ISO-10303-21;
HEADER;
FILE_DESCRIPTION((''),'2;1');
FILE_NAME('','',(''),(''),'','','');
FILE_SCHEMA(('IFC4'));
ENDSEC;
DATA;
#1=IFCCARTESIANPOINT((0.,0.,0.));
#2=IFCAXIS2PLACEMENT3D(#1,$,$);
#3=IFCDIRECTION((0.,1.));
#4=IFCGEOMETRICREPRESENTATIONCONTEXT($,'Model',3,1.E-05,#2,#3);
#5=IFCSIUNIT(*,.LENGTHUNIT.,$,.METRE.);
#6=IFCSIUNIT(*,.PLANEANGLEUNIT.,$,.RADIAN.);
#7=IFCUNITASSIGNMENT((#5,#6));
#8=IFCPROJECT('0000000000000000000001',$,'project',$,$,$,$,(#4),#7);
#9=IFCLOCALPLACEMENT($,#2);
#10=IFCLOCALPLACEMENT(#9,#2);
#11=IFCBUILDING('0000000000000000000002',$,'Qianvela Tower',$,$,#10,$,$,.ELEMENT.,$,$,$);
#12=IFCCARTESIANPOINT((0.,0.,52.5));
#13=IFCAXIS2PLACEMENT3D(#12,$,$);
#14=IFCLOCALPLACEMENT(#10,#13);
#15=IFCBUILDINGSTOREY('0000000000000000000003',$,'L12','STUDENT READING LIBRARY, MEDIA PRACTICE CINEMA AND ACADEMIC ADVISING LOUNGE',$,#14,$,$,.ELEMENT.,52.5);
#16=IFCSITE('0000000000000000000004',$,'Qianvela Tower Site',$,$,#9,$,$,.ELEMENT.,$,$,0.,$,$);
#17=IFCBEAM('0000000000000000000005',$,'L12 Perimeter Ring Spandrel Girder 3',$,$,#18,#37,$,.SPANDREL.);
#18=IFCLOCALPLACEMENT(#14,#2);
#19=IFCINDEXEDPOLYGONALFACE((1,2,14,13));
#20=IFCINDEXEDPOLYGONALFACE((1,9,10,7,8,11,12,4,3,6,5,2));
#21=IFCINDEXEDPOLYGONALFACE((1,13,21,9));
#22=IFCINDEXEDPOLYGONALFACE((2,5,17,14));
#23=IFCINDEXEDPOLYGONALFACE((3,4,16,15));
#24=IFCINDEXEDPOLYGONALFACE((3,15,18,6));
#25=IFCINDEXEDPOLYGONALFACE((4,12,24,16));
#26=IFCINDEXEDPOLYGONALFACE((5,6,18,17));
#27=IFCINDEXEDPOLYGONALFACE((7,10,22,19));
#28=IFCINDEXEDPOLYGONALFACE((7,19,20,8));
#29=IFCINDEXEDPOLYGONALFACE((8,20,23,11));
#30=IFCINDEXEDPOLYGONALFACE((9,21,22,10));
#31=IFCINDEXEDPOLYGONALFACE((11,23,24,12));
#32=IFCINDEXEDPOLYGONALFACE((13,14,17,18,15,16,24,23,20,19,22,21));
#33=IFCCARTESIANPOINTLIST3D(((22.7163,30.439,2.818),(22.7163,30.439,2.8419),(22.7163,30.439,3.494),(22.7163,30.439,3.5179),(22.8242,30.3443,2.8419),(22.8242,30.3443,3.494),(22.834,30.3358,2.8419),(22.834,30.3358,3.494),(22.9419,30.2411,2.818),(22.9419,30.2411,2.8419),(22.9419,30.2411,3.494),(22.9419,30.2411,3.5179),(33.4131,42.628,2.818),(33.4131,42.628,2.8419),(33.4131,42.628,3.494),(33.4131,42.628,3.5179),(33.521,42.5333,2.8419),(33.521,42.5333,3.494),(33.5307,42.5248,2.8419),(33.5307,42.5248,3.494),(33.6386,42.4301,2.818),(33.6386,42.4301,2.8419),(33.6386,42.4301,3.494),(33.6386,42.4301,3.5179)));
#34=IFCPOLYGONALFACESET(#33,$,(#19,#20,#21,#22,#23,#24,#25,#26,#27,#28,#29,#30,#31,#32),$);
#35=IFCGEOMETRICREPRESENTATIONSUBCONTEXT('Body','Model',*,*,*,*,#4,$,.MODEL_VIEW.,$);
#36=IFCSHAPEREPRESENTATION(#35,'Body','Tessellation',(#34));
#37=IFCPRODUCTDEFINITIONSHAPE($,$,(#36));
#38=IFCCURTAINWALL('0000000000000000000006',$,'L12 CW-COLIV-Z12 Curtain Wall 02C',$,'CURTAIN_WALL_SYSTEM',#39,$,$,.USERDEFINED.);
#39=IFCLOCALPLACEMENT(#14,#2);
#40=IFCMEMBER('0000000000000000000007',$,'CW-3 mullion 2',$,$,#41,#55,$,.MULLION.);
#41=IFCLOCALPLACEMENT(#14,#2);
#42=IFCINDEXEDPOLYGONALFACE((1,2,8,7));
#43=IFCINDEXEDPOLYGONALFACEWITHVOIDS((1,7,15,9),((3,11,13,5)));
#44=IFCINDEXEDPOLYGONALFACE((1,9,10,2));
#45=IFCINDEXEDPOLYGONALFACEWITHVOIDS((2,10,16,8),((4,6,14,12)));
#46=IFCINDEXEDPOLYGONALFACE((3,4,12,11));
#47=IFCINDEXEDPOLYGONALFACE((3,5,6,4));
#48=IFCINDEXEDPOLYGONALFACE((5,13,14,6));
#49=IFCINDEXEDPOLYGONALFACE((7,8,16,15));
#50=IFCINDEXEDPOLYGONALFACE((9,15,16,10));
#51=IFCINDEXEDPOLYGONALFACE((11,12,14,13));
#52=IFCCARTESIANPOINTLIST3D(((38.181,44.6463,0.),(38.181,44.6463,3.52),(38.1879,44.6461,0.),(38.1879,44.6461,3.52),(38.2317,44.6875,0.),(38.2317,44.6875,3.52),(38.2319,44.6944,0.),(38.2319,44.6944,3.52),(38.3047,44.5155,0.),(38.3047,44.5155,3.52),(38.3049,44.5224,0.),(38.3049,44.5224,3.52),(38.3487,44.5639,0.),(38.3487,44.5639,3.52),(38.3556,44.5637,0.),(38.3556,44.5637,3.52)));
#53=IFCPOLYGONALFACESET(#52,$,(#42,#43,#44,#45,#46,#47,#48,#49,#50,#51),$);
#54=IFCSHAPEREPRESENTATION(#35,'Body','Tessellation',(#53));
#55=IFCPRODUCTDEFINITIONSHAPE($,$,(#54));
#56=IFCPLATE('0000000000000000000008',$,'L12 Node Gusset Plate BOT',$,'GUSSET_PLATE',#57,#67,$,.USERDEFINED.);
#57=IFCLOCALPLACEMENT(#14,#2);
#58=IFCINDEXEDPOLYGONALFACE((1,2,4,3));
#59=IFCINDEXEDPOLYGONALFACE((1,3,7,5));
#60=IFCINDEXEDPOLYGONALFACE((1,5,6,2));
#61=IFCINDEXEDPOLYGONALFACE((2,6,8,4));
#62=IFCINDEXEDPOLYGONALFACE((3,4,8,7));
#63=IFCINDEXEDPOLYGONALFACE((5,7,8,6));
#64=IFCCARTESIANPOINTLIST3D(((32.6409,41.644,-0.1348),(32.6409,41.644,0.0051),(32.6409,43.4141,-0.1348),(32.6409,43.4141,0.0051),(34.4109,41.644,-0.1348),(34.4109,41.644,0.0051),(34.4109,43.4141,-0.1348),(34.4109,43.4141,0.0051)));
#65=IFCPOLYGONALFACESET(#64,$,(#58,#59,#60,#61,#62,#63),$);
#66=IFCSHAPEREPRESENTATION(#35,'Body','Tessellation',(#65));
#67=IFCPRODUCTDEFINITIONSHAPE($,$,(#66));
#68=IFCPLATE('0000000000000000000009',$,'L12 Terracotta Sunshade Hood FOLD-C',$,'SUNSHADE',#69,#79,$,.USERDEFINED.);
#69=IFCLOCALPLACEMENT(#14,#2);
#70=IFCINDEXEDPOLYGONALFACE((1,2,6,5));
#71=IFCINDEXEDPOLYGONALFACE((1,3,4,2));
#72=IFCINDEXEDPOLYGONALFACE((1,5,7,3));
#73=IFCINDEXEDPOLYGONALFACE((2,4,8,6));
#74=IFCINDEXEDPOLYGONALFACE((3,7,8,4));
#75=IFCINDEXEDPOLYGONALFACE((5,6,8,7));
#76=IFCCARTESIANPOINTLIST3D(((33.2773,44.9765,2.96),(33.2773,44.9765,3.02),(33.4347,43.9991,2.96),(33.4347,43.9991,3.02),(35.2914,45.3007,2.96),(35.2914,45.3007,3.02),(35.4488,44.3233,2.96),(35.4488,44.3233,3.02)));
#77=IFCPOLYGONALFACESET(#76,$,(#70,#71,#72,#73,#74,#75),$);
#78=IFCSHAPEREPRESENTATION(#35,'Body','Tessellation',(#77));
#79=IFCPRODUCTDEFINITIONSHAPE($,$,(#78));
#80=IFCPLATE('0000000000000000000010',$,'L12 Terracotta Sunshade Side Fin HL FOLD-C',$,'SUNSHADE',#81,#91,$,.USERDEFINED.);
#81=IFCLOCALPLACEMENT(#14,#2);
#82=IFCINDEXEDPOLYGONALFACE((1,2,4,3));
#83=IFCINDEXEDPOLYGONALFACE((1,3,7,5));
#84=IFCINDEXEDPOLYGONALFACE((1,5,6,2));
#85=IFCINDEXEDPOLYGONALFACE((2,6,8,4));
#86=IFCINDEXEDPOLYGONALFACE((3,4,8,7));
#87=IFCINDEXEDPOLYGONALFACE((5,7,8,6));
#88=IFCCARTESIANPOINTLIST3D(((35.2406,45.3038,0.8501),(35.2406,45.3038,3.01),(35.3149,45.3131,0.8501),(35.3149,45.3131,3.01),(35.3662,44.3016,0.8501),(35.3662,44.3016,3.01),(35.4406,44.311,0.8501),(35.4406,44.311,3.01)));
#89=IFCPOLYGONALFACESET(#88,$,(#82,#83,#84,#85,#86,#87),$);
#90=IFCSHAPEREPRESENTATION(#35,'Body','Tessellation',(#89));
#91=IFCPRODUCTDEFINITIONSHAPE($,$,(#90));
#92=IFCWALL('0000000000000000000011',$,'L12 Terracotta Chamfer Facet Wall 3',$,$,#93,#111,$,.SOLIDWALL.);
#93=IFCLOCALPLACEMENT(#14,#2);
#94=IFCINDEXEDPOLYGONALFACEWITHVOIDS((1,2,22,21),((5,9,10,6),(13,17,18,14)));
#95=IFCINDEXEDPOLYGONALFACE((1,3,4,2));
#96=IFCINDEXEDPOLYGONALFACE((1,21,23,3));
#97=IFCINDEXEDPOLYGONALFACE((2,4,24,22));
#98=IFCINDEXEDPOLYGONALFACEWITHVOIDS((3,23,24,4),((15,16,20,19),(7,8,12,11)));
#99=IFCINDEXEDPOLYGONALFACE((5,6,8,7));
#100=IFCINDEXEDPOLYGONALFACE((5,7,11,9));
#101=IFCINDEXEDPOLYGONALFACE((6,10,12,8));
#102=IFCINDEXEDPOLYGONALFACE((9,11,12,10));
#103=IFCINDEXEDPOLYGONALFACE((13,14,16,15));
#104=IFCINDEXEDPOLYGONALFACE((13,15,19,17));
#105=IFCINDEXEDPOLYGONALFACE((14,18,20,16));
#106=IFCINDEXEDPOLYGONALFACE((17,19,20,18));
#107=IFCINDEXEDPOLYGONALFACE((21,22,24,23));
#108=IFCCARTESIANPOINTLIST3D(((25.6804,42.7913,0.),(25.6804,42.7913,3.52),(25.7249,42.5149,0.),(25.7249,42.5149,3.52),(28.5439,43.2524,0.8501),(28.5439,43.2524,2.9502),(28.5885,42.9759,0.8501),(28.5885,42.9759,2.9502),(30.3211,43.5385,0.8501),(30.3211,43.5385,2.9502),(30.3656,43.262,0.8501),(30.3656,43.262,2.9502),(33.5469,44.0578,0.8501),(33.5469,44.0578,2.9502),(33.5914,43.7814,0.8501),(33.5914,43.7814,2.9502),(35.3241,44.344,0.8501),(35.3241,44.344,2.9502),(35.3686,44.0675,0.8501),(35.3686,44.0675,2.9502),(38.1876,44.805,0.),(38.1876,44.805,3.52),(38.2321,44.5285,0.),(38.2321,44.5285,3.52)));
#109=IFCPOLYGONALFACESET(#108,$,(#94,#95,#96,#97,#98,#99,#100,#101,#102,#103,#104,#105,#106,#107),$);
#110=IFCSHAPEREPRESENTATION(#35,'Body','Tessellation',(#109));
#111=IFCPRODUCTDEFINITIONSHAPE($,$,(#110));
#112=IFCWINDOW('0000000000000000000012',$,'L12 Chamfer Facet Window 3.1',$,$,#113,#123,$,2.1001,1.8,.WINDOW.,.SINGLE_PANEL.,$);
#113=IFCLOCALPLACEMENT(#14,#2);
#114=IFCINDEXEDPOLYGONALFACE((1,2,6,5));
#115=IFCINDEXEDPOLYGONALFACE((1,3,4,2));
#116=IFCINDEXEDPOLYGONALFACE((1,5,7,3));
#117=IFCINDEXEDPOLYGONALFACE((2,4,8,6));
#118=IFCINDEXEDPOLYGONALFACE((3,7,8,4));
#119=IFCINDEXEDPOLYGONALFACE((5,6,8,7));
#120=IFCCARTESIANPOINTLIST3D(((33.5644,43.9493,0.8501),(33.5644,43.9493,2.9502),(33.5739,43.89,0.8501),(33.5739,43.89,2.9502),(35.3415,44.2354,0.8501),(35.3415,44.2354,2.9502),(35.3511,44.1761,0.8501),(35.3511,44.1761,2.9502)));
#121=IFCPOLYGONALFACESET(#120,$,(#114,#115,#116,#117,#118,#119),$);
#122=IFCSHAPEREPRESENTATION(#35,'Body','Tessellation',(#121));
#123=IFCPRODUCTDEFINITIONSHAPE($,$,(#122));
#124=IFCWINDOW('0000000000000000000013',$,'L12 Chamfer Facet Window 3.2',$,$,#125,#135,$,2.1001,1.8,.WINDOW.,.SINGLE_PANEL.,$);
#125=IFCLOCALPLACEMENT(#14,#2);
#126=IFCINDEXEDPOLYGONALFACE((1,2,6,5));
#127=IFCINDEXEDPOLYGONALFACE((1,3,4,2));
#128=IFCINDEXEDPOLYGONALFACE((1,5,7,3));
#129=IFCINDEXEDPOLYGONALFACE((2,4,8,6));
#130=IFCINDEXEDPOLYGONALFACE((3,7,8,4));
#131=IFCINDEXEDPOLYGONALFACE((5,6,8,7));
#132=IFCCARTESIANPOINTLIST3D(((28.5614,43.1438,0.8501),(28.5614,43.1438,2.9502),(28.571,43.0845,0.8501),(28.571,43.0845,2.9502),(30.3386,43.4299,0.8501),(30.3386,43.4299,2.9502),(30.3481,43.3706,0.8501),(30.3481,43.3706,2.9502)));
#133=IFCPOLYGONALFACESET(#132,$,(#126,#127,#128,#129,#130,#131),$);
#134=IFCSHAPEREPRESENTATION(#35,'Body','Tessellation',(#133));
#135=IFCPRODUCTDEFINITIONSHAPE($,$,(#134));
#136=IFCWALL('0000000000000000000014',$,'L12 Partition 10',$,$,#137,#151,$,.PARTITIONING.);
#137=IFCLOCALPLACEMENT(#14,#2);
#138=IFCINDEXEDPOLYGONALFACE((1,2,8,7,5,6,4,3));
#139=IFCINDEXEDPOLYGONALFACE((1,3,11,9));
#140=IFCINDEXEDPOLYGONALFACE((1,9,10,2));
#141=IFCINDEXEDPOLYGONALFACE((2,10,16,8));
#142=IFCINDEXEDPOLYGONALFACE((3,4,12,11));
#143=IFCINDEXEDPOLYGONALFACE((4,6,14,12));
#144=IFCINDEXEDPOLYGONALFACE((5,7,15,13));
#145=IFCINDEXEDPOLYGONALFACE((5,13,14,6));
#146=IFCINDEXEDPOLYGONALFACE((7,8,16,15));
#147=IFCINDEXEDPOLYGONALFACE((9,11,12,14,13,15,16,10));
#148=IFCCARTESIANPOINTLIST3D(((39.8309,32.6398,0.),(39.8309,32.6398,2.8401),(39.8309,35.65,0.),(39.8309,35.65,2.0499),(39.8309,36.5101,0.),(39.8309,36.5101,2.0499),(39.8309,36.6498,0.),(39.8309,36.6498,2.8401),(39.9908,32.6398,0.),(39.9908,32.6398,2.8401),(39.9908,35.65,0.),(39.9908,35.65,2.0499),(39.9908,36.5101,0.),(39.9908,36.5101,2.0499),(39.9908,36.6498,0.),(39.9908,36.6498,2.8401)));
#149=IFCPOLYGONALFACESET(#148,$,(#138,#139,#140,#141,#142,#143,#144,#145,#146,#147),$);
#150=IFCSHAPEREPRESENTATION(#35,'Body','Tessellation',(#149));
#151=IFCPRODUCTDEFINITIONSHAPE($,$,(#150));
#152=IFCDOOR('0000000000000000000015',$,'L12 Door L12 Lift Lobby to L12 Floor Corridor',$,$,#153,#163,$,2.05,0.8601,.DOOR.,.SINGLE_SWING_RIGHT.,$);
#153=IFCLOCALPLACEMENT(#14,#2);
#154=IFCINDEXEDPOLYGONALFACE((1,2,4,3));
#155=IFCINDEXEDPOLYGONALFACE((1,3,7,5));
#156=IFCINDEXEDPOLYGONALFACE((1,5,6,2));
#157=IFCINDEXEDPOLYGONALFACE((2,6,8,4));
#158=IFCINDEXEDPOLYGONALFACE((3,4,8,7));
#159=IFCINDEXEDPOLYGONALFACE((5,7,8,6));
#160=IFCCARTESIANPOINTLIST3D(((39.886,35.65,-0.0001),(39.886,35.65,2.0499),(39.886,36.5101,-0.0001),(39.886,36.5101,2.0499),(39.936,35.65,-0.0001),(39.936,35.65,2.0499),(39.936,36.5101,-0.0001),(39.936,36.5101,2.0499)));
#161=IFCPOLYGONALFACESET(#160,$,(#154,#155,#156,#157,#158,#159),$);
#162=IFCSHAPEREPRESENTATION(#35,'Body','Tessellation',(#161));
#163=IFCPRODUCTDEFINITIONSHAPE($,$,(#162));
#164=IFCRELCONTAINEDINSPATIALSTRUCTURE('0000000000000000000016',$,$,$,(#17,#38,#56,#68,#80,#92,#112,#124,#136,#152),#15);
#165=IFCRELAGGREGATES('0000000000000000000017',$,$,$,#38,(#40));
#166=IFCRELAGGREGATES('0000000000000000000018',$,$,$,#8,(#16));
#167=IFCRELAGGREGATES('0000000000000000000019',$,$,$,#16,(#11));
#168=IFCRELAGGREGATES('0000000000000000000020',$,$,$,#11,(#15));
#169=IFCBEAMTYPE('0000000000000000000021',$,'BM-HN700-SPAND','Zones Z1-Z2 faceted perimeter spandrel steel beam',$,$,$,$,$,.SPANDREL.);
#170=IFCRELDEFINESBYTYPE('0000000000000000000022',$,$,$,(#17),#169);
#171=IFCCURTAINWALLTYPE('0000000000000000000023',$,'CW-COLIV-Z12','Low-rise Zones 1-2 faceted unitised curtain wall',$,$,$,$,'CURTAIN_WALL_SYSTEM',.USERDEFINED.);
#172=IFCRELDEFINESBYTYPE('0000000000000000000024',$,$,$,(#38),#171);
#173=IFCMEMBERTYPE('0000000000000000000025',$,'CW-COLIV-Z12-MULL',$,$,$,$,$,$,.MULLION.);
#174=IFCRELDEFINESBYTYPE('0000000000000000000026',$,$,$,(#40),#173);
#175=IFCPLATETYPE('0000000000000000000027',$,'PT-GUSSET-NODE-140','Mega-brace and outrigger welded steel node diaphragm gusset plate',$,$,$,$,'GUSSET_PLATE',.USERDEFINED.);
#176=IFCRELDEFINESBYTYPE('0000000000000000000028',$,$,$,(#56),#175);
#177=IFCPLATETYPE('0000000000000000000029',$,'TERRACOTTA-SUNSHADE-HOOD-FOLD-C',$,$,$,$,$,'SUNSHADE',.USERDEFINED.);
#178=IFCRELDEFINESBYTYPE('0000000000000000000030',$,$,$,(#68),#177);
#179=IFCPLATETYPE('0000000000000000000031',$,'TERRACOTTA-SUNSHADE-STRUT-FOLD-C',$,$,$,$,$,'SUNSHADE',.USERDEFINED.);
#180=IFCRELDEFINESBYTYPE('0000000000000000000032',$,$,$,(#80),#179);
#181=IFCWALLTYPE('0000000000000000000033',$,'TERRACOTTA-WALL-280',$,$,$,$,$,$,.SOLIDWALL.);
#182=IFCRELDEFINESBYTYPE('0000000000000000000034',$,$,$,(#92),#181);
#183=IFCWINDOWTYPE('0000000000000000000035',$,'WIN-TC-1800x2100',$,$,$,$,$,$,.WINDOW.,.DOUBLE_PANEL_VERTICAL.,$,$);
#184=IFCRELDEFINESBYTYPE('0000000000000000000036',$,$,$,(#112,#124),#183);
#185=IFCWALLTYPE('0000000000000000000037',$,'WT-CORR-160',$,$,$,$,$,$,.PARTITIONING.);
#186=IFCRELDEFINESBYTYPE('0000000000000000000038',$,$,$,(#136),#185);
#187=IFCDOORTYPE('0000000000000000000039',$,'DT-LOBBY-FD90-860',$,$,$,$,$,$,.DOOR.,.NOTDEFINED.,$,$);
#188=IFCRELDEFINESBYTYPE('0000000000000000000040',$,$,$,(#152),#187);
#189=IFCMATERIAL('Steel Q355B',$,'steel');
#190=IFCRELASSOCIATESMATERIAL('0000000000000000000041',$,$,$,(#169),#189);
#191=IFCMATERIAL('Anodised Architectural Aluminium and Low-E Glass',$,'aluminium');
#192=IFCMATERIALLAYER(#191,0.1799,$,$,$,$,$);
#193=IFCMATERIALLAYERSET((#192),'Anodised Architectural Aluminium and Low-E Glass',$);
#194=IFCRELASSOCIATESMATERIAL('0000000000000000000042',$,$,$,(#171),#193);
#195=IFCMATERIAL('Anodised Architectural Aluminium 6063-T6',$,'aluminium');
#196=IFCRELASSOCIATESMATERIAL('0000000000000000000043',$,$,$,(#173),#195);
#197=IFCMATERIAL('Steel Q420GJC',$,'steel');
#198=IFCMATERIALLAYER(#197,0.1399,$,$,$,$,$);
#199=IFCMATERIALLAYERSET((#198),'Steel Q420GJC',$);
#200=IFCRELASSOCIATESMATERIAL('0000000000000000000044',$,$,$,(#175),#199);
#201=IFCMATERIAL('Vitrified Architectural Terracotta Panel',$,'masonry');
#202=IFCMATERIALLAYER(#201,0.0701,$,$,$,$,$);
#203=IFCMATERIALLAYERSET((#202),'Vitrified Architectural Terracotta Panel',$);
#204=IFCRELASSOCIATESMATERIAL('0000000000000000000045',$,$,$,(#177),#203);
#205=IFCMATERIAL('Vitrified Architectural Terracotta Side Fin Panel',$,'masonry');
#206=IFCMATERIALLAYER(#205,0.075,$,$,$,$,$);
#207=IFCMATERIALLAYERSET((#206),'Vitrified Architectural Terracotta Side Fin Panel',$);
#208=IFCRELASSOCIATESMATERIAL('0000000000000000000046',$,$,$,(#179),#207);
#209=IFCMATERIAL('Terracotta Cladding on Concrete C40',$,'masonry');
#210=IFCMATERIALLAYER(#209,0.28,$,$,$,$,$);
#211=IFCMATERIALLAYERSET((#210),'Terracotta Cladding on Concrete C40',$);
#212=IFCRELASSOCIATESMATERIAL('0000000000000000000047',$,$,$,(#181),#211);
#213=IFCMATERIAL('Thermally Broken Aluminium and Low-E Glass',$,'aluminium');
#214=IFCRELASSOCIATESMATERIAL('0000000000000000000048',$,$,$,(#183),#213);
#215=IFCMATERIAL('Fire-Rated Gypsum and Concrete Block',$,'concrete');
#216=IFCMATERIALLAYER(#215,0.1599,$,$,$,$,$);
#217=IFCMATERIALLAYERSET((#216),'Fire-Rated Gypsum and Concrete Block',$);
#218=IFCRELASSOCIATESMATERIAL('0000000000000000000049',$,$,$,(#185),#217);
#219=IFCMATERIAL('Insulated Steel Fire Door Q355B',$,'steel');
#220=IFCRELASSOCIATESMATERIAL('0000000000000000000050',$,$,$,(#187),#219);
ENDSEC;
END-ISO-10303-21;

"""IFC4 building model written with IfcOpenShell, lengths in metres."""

from ifc_helpers import new_model, si_unit, direction, frame, frame_2d, origin, origin_2d, place, context, subcontext, project, spatial, rectangle, hollow_rectangle, i_section, extrude, material, layer, layer_set, material_profile, profile_set, type_object, element, fill, aggregate, save


model = new_model("IFC4")

# Units and contexts
model_context = context("Model", 3, precision=1e-05, world=origin(), true_north=direction((0.0, 1.0)))
body_context = subcontext(model_context, "Body", "Model", "MODEL_VIEW")
ifc_project = project(units=[si_unit("LENGTHUNIT", "METRE"), si_unit("PLANEANGLEUNIT", "RADIAN")], contexts=[model_context])

# Site, building, storey
site_placement = place(None, origin())
site = spatial("IfcSite", under=ifc_project, at=site_placement, Name="Qianvela Tower Site", CompositionType="ELEMENT", RefElevation=0.0)
building_placement = place(site_placement, origin())
building = spatial("IfcBuilding", under=site, at=building_placement, Name="Qianvela Tower", CompositionType="ELEMENT")
storey_placement = place(building_placement, frame((0.0, 0.0, 52.5)))
storey = spatial("IfcBuildingStorey", under=building, at=storey_placement, Name="L12", Description="STUDENT READING LIBRARY, MEDIA PRACTICE CINEMA AND ACADEMIC ADVISING LOUNGE", CompositionType="ELEMENT", Elevation=52.5)

# Beam
ifc_material_1 = material(Name="Steel Q355B", Category="steel")
ifc_material_profile_1 = material_profile(ifc_material_1, i_section(OverallWidth=0.3, OverallDepth=0.7, WebThickness=0.0129, FlangeThickness=0.0239, at=origin_2d()), Name="HN700x300x13x24")
ifc_profile_set_1 = profile_set([ifc_material_profile_1], Name="Steel Q355B")
beam_type_1 = type_object("IfcBeamType", Name="BM-HN700-SPAND", Description="Zones Z1-Z2 faceted perimeter spandrel steel beam", PredefinedType="SPANDREL", material=ifc_profile_set_1)
beam_1_placement = place(storey_placement, frame((33.5259, 42.5291, 3.168), z_axis=(-0.659602, -0.751615, 0.0), x_axis=(0.751615, -0.659602, 0.0)))
element("IfcBeam", 1, at=beam_1_placement, inside=storey, type_object=beam_type_1, Name="L12 Perimeter Ring Spandrel Girder 3", PredefinedType="SPANDREL", context=body_context, shape_type="SweptSolid", body=[
    extrude(i_section(OverallWidth=0.3, OverallDepth=0.7, WebThickness=0.0129, FlangeThickness=0.0239, at=origin_2d()), origin(), (0.0, 0.0, 1.0), 16.217),
])

# Curtain wall, member
ifc_material_2 = material(Name="Anodised Architectural Aluminium and Low-E Glass", Category="aluminium")
ifc_layer_1 = layer(ifc_material_2, 0.1799)
ifc_layer_set_1 = layer_set([ifc_layer_1], Name="Anodised Architectural Aluminium and Low-E Glass")
curtain_wall_type = type_object("IfcCurtainWallType", Name="CW-COLIV-Z12", Description="Low-rise Zones 1-2 faceted unitised curtain wall", ElementType="CURTAIN_WALL_SYSTEM", PredefinedType="USERDEFINED", material=ifc_layer_set_1)
curtain_wall_placement = place(storey_placement, origin())
curtain_wall = element("IfcCurtainWall", 2, at=curtain_wall_placement, inside=storey, type_object=curtain_wall_type, Name="L12 CW-COLIV-Z12 Curtain Wall 02C", ObjectType="CURTAIN_WALL_SYSTEM", PredefinedType="USERDEFINED")
ifc_material_3 = material(Name="Anodised Architectural Aluminium 6063-T6", Category="aluminium")
ifc_material_profile_2 = material_profile(ifc_material_3, hollow_rectangle(XDim=0.0701, YDim=0.1799, WallThickness=0.0049, at=origin_2d()), Name="ALU-MULL-70x180")
ifc_profile_set_2 = profile_set([ifc_material_profile_2], Name="Anodised Architectural Aluminium 6063-T6")
member_type = type_object("IfcMemberType", Name="CW-COLIV-Z12-MULL", PredefinedType="MULLION", material=ifc_profile_set_2)
member_placement = place(storey_placement, frame((38.2683, 44.605, 0.0), z_axis=(0.0, 0.0, 1.0), x_axis=(-0.726494, -0.687173, 0.0)))
member = element("IfcMember", 3, at=member_placement, type_object=member_type, Name="CW-3 mullion 2", PredefinedType="MULLION", context=body_context, shape_type="SweptSolid", body=[
    extrude(hollow_rectangle(XDim=0.0701, YDim=0.1799, WallThickness=0.0049, at=origin_2d()), origin(), (0.0, 0.0, 1.0), 3.52),
])
aggregate(curtain_wall, [member])

# Plates
ifc_material_4 = material(Name="Steel Q420GJC", Category="steel")
ifc_layer_2 = layer(ifc_material_4, 0.1399)
ifc_layer_set_2 = layer_set([ifc_layer_2], Name="Steel Q420GJC")
plate_type_1 = type_object("IfcPlateType", Name="PT-GUSSET-NODE-140", Description="Mega-brace and outrigger welded steel node diaphragm gusset plate", ElementType="GUSSET_PLATE", PredefinedType="USERDEFINED", material=ifc_layer_set_2)
plate_1_placement = place(storey_placement, frame((33.5259, 42.5291, -0.1348), z_axis=(0.0, 0.0, 1.0), x_axis=(1.0, 0.0, 0.0)))
element("IfcPlate", 4, at=plate_1_placement, inside=storey, type_object=plate_type_1, Name="L12 Node Gusset Plate BOT", ObjectType="GUSSET_PLATE", PredefinedType="USERDEFINED", context=body_context, shape_type="SweptSolid", body=[
    extrude(rectangle(XDim=1.77, YDim=1.77, at=origin_2d()), origin(), (0.0, 0.0, 1.0), 0.1399),
])
ifc_material_5 = material(Name="Vitrified Architectural Terracotta Panel", Category="masonry")
ifc_layer_3 = layer(ifc_material_5, 0.0701)
ifc_layer_set_3 = layer_set([ifc_layer_3], Name="Vitrified Architectural Terracotta Panel")
plate_type_2 = type_object("IfcPlateType", Name="TERRACOTTA-SUNSHADE-HOOD-FOLD-C", ElementType="SUNSHADE", PredefinedType="USERDEFINED", material=ifc_layer_set_3)
plate_2_placement = place(storey_placement, frame((34.363, 44.6499, 2.96), z_axis=(0.0, 0.0, 1.0), x_axis=(-0.987285, -0.158958, 0.0)))
element("IfcPlate", 5, at=plate_2_placement, inside=storey, type_object=plate_type_2, Name="L12 Terracotta Sunshade Hood FOLD-C", ObjectType="SUNSHADE", PredefinedType="USERDEFINED", context=body_context, shape_type="SweptSolid", body=[
    extrude(rectangle(XDim=2.04, YDim=0.99, at=origin_2d()), origin(), (0.0, 0.0, 1.0), 0.0601),
])
ifc_material_6 = material(Name="Vitrified Architectural Terracotta Side Fin Panel", Category="masonry")
ifc_layer_4 = layer(ifc_material_6, 0.075)
ifc_layer_set_4 = layer_set([ifc_layer_4], Name="Vitrified Architectural Terracotta Side Fin Panel")
plate_type_3 = type_object("IfcPlateType", Name="TERRACOTTA-SUNSHADE-STRUT-FOLD-C", ElementType="SUNSHADE", PredefinedType="USERDEFINED", material=ifc_layer_set_4)
plate_3_placement = place(storey_placement, frame((35.3406, 44.8074, 0.8501), z_axis=(0.0, 0.0, 1.0), x_axis=(-0.992232, -0.124405, 0.0)))
element("IfcPlate", 6, at=plate_3_placement, inside=storey, type_object=plate_type_3, Name="L12 Terracotta Sunshade Side Fin HL FOLD-C", ObjectType="SUNSHADE", PredefinedType="USERDEFINED", context=body_context, shape_type="SweptSolid", body=[
    extrude(rectangle(XDim=0.075, YDim=1.01, at=origin_2d()), origin(), (0.0, 0.0, 1.0), 2.1599),
])

# Wall, openings, windows
ifc_material_7 = material(Name="Terracotta Cladding on Concrete C40", Category="masonry")
ifc_layer_5 = layer(ifc_material_7, 0.28)
ifc_layer_set_5 = layer_set([ifc_layer_5], Name="Terracotta Cladding on Concrete C40")
wall_type_1 = type_object("IfcWallType", Name="TERRACOTTA-WALL-280", PredefinedType="SOLIDWALL", material=ifc_layer_set_5)
wall_1_placement = place(storey_placement, frame((38.2097, 44.6667, 0.0), z_axis=(0.0, 0.0, 1.0), x_axis=(-0.987286, -0.158956, 0.0)))
wall_1 = element("IfcWall", 7, at=wall_1_placement, inside=storey, type_object=wall_type_1, Name="L12 Terracotta Chamfer Facet Wall 3", PredefinedType="SOLIDWALL", context=body_context, shape_type="SweptSolid", body=[
    extrude(rectangle(XDim=12.6682, YDim=0.28, at=frame_2d((6.334, 0.0))), origin(), (0.0, 0.0, 1.0), 3.52),
])
opening_1_placement = place(wall_1_placement, frame((2.9004, 0.0, 0.8501)))
opening_1 = element("IfcOpeningElement", 8, at=opening_1_placement, cuts=wall_1, PredefinedType="OPENING", context=body_context, shape_type="SweptSolid", body=[
    extrude(rectangle(XDim=1.8, YDim=2.1001, at=frame_2d((0.8999, 1.05))), frame((0.0, 0.1499, 0.0), z_axis=(0.0, -1.0, 0.0), x_axis=(1.0, 0.0, 0.0)), (0.0, 0.0, 1.0), 0.3),
])
opening_2_placement = place(wall_1_placement, frame((7.9678, 0.0, 0.8501)))
opening_2 = element("IfcOpeningElement", 9, at=opening_2_placement, cuts=wall_1, PredefinedType="OPENING", context=body_context, shape_type="SweptSolid", body=[
    extrude(rectangle(XDim=1.8, YDim=2.1001, at=frame_2d((0.8999, 1.05))), frame((0.0, 0.1499, 0.0), z_axis=(0.0, -1.0, 0.0), x_axis=(1.0, 0.0, 0.0)), (0.0, 0.0, 1.0), 0.3),
])
ifc_material_8 = material(Name="Thermally Broken Aluminium and Low-E Glass", Category="aluminium")
window_type = type_object("IfcWindowType", Name="WIN-TC-1800x2100", PartitioningType="DOUBLE_PANEL_VERTICAL", PredefinedType="WINDOW", material=ifc_material_8)
window_1_placement = place(opening_1_placement, origin())
window_1 = element("IfcWindow", 10, at=window_1_placement, inside=storey, type_object=window_type, Name="L12 Chamfer Facet Window 3.1", OverallHeight=2.1001, OverallWidth=1.8, PartitioningType="SINGLE_PANEL", PredefinedType="WINDOW", context=body_context, shape_type="SweptSolid", body=[
    extrude(rectangle(XDim=1.8, YDim=2.1001, at=frame_2d((0.8999, 1.05))), frame((0.0, 0.03, 0.0), z_axis=(0.0, -1.0, 0.0), x_axis=(1.0, 0.0, 0.0)), (0.0, 0.0, 1.0), 0.0601),
])
fill(opening_1, window_1)
window_2_placement = place(opening_2_placement, origin())
window_2 = element("IfcWindow", 11, at=window_2_placement, inside=storey, type_object=window_type, Name="L12 Chamfer Facet Window 3.2", OverallHeight=2.1001, OverallWidth=1.8, PartitioningType="SINGLE_PANEL", PredefinedType="WINDOW", context=body_context, shape_type="SweptSolid", body=[
    extrude(rectangle(XDim=1.8, YDim=2.1001, at=frame_2d((0.8999, 1.05))), frame((0.0, 0.03, 0.0), z_axis=(0.0, -1.0, 0.0), x_axis=(1.0, 0.0, 0.0)), (0.0, 0.0, 1.0), 0.0601),
])
fill(opening_2, window_2)

# Wall, opening, door
ifc_material_9 = material(Name="Fire-Rated Gypsum and Concrete Block", Category="concrete")
ifc_layer_6 = layer(ifc_material_9, 0.1599)
ifc_layer_set_6 = layer_set([ifc_layer_6], Name="Fire-Rated Gypsum and Concrete Block")
wall_type_2 = type_object("IfcWallType", Name="WT-CORR-160", PredefinedType="PARTITIONING", material=ifc_layer_set_6)
wall_2_placement = place(storey_placement, frame((39.9109, 32.6399, 0.0), z_axis=(0.0, 0.0, 1.0), x_axis=(0.0, 1.0, 0.0)))
wall_2 = element("IfcWall", 12, at=wall_2_placement, inside=storey, type_object=wall_type_2, Name="L12 Partition 10", PredefinedType="PARTITIONING", context=body_context, shape_type="SweptSolid", body=[
    extrude(rectangle(XDim=4.01, YDim=0.1599, at=frame_2d((2.0049, 0.0))), origin(), (0.0, 0.0, 1.0), 2.8401),
])
opening_3_placement = place(wall_2_placement, frame((3.01, 0.0, 0.0)))
opening_3 = element("IfcOpeningElement", 13, at=opening_3_placement, cuts=wall_2, PredefinedType="OPENING", context=body_context, shape_type="SweptSolid", body=[
    extrude(rectangle(XDim=0.8601, YDim=2.05, at=frame_2d((0.4302, 1.0249))), frame((0.0, 0.0898, 0.0), z_axis=(0.0, -1.0, 0.0), x_axis=(1.0, 0.0, 0.0)), (0.0, 0.0, 1.0), 0.1799),
])
ifc_material_10 = material(Name="Insulated Steel Fire Door Q355B", Category="steel")
door_type_1 = type_object("IfcDoorType", Name="DT-LOBBY-FD90-860", OperationType="NOTDEFINED", PredefinedType="DOOR", material=ifc_material_10)
door_1_placement = place(opening_3_placement, origin())
door_1 = element("IfcDoor", 14, at=door_1_placement, inside=storey, type_object=door_type_1, Name="L12 Door L12 Lift Lobby to L12 Floor Corridor", OperationType="SINGLE_SWING_RIGHT", OverallHeight=2.05, OverallWidth=0.8601, PredefinedType="DOOR", context=body_context, shape_type="SweptSolid", body=[
    extrude(rectangle(XDim=0.8601, YDim=2.05, at=frame_2d((0.4302, 1.0249))), frame((0.0, 0.0249, 0.0), z_axis=(0.0, -1.0, 0.0), x_axis=(1.0, 0.0, 0.0)), (0.0, 0.0, 1.0), 0.05),
])
fill(opening_3, door_1)

save(model, "model.ifc")
